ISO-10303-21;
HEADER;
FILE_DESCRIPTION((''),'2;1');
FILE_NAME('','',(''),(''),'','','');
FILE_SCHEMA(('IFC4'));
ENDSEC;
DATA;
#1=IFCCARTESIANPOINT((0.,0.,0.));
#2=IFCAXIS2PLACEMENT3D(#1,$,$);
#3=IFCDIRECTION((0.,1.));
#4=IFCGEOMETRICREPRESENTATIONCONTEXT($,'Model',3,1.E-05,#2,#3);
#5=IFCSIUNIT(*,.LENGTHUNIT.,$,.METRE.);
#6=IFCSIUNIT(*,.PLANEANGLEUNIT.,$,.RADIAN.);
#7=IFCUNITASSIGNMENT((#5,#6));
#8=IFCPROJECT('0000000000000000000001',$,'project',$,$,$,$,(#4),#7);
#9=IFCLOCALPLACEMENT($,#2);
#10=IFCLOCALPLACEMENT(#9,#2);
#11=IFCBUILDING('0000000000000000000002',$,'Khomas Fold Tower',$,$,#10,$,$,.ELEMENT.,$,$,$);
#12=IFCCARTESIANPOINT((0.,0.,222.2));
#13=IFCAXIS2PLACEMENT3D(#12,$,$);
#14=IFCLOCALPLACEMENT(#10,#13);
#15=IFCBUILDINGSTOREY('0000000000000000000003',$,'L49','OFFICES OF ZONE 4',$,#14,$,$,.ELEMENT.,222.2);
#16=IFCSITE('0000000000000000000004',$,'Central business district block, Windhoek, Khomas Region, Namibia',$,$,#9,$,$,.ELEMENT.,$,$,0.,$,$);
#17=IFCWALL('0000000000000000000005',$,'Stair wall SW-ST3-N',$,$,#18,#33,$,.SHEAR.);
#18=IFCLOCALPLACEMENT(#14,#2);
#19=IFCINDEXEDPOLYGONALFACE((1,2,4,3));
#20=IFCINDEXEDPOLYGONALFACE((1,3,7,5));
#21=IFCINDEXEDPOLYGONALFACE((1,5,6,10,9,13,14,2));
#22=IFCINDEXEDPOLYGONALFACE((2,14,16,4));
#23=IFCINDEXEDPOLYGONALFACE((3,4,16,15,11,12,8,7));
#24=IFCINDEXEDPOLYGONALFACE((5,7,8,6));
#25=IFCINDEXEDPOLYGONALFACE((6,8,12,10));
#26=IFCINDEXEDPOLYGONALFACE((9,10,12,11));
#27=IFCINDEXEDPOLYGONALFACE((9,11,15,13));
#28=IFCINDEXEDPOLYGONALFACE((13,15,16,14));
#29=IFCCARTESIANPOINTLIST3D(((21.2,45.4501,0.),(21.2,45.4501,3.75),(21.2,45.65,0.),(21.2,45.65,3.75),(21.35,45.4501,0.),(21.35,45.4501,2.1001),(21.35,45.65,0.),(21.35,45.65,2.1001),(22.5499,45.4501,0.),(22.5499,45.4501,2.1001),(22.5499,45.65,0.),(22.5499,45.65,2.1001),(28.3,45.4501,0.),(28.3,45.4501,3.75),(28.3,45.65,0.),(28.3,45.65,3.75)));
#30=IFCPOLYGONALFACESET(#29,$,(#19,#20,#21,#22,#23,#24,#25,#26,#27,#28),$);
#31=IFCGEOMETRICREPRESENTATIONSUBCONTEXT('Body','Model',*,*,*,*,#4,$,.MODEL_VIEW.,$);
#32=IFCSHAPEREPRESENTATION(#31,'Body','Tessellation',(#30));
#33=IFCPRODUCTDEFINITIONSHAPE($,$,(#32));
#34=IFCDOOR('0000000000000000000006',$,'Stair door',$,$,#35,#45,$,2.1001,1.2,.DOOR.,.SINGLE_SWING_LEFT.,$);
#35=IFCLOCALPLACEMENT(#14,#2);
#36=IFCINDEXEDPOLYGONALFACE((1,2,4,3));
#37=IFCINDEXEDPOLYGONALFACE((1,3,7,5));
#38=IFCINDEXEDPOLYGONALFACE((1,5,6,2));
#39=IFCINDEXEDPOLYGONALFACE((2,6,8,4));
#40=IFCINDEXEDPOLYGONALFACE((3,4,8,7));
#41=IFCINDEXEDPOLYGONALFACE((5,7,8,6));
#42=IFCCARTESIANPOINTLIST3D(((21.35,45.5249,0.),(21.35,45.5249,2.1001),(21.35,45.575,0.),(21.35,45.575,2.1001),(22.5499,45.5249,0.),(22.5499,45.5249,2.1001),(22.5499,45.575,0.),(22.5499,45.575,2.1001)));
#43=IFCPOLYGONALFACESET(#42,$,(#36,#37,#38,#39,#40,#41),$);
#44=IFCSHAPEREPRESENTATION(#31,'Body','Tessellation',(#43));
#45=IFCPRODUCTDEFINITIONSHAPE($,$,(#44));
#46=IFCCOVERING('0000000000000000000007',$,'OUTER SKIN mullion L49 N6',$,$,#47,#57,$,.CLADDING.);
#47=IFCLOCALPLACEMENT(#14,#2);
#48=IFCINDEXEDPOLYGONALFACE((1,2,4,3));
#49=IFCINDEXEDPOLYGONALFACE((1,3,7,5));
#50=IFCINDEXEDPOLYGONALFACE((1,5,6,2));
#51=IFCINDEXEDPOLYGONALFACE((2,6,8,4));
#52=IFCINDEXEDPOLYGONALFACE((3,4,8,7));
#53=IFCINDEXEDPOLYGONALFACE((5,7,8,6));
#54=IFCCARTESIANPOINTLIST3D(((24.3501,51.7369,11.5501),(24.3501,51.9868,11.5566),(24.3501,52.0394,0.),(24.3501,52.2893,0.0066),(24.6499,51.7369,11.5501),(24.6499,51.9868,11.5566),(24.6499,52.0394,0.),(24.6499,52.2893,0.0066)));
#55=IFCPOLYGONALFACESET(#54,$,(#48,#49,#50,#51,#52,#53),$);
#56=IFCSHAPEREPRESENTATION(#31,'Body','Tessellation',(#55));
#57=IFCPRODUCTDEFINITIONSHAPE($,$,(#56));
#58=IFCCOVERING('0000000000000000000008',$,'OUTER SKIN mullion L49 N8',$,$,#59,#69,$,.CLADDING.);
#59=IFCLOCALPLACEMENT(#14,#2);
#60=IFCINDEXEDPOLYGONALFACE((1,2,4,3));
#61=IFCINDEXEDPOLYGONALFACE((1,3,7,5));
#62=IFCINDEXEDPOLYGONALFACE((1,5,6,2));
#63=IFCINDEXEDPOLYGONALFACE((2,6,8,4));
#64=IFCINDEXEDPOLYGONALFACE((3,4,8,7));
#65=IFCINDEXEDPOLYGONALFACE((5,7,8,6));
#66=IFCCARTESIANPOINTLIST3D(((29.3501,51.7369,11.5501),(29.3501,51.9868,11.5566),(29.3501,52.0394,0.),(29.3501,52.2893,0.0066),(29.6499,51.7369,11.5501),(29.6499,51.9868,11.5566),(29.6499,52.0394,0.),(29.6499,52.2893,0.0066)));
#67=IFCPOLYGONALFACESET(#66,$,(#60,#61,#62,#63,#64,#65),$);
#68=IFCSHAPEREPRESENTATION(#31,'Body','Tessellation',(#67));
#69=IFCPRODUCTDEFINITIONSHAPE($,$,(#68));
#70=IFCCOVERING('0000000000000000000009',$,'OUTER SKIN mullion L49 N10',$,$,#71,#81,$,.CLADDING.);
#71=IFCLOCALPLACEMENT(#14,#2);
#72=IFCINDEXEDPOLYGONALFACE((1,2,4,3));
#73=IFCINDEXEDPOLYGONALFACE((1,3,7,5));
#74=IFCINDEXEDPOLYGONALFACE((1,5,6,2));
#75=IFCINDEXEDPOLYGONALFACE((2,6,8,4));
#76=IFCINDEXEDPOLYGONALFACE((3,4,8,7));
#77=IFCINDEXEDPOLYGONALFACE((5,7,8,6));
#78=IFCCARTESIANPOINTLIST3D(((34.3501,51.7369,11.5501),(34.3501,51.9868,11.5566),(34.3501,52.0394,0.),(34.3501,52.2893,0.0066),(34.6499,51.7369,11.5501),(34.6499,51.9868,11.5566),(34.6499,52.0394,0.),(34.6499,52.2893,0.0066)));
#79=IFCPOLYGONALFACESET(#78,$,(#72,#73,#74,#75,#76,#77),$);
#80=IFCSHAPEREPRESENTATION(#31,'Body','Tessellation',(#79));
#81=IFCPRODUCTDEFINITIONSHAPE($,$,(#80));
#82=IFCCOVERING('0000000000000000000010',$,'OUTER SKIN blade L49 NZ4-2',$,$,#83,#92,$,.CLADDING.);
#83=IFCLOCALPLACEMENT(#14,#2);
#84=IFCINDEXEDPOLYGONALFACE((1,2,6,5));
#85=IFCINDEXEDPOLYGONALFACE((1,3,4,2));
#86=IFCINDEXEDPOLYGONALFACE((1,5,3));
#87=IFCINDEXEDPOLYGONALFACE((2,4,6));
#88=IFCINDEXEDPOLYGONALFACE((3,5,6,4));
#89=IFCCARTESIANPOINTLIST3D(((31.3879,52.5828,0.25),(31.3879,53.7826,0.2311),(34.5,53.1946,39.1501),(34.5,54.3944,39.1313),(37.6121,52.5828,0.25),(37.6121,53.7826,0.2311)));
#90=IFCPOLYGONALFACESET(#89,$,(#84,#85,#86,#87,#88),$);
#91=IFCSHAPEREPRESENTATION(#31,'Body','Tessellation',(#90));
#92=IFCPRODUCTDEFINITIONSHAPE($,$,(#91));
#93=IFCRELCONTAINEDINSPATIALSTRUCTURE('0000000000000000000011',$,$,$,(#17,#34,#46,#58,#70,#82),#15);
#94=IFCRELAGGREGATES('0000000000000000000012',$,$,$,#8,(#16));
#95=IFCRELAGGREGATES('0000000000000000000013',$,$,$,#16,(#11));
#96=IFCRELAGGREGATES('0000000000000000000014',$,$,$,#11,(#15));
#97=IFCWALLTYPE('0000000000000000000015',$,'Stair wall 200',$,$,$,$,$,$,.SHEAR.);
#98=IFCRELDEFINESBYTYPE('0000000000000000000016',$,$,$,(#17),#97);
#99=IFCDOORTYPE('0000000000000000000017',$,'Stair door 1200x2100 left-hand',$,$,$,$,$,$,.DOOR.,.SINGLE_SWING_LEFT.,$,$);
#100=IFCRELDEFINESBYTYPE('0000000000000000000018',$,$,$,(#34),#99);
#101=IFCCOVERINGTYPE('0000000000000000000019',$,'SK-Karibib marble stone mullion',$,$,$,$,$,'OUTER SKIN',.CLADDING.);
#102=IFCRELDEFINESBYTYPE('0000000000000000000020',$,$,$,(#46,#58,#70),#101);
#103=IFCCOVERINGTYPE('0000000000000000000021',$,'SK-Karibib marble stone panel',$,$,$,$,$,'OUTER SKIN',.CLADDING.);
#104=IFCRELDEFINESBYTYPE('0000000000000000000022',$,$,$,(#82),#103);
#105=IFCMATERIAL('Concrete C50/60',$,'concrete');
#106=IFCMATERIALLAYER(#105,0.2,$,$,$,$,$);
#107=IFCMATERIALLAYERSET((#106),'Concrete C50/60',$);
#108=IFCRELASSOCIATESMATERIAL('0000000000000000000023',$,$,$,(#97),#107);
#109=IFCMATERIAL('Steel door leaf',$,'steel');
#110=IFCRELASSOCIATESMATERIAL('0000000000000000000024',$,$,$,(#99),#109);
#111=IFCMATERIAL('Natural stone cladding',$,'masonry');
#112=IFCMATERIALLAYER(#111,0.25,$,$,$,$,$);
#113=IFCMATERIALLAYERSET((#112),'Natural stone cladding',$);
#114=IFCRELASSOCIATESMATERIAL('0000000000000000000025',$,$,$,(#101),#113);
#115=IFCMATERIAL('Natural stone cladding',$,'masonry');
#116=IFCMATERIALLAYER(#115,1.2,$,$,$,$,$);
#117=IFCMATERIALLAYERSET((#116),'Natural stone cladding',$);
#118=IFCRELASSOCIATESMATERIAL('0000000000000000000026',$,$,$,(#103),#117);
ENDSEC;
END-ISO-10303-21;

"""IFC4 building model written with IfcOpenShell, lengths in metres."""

from ifc_helpers import new_model, si_unit, direction, frame, frame_2d, origin, place, context, subcontext, project, spatial, polyline, rectangle, outline, extrude, source, transform, mapped, material, layer, layer_set, type_object, element, fill, save


model = new_model("IFC4")

# Units and contexts
model_context = context("Model", 3, precision=1e-05, world=origin(), true_north=direction((0.0, 1.0)))
body_context = subcontext(model_context, "Body", "Model", "MODEL_VIEW")
ifc_project = project(units=[si_unit("LENGTHUNIT", "METRE"), si_unit("PLANEANGLEUNIT", "RADIAN")], contexts=[model_context])

# Site, building, storey
site_placement = place(None, origin())
site = spatial("IfcSite", under=ifc_project, at=site_placement, Name="Central business district block, Windhoek, Khomas Region, Namibia", CompositionType="ELEMENT", RefElevation=0.0)
building_placement = place(site_placement, origin())
building = spatial("IfcBuilding", under=site, at=building_placement, Name="Khomas Fold Tower", CompositionType="ELEMENT")
storey_placement = place(building_placement, frame((0.0, 0.0, 222.2)))
storey = spatial("IfcBuildingStorey", under=building, at=storey_placement, Name="L49", Description="OFFICES OF ZONE 4", CompositionType="ELEMENT", Elevation=222.2)

# Wall, opening, door
ifc_material_1 = material(Name="Concrete C50/60", Category="concrete")
ifc_layer_1 = layer(ifc_material_1, 0.2)
ifc_layer_set_1 = layer_set([ifc_layer_1], Name="Concrete C50/60")
wall_type = type_object("IfcWallType", Name="Stair wall 200", PredefinedType="SHEAR", material=ifc_layer_set_1)
shared_shape_1 = source(origin(), body_context, "Body", "SweptSolid", [
    extrude(rectangle(XDim=7.1001, YDim=0.2, at=frame_2d((3.55, 0.0))), origin(), (0.0, 0.0, 1.0), 3.75),
])
wall_placement = place(storey_placement, frame((21.2, 45.55, 0.0), z_axis=(0.0, 0.0, 1.0), x_axis=(1.0, 0.0, 0.0)))
wall = element("IfcWall", 1, at=wall_placement, inside=storey, type_object=wall_type, Name="Stair wall SW-ST3-N", PredefinedType="SHEAR", context=body_context, shape_type="MappedRepresentation", body=[
    mapped(shared_shape_1, transform((0.0, 0.0, 0.0))),
])
shared_shape_2 = source(origin(), body_context, "Body", "SweptSolid", [
    extrude(rectangle(XDim=1.2, YDim=2.1001, at=frame_2d((0.6001, 1.05))), frame((0.0, 0.1099, 0.0), z_axis=(0.0, -1.0, 0.0), x_axis=(1.0, 0.0, 0.0)), (0.0, 0.0, 1.0), 0.22),
])
opening_placement = place(wall_placement, frame((0.1499, 0.0, 0.0)))
opening = element("IfcOpeningElement", 2, at=opening_placement, cuts=wall, PredefinedType="OPENING", context=body_context, shape_type="MappedRepresentation", body=[
    mapped(shared_shape_2, transform((0.0, 0.0, 0.0))),
])
ifc_material_2 = material(Name="Steel door leaf", Category="steel")
door_type = type_object("IfcDoorType", Name="Stair door 1200x2100 left-hand", OperationType="SINGLE_SWING_LEFT", PredefinedType="DOOR", material=ifc_material_2)
shared_shape_3 = source(origin(), body_context, "Body", "SweptSolid", [
    extrude(rectangle(XDim=1.2, YDim=2.1001, at=frame_2d((0.6001, 1.05))), frame((0.0, 0.0249, 0.0), z_axis=(0.0, -1.0, 0.0), x_axis=(1.0, 0.0, 0.0)), (0.0, 0.0, 1.0), 0.05),
])
door_placement = place(opening_placement, origin())
door = element("IfcDoor", 3, at=door_placement, inside=storey, type_object=door_type, Name="Stair door", OperationType="SINGLE_SWING_LEFT", OverallHeight=2.1001, OverallWidth=1.2, PredefinedType="DOOR", context=body_context, shape_type="MappedRepresentation", body=[
    mapped(shared_shape_3, transform((0.0, 0.0, 0.0))),
])
fill(opening, door)

# Coverings
ifc_material_3 = material(Name="Natural stone cladding", Category="masonry")
ifc_layer_2 = layer(ifc_material_3, 0.25)
ifc_layer_set_2 = layer_set([ifc_layer_2], Name="Natural stone cladding")
covering_type_1 = type_object("IfcCoveringType", Name="SK-Karibib marble stone mullion", ElementType="OUTER SKIN", PredefinedType="CLADDING", material=ifc_layer_set_2)
for number, where, z_axis, x_axis, name in (
    (4, (24.3501, 52.2893, 0.0066), (0.0, 0.999657, 0.026181), (1.0, 0.0, 0.0), "OUTER SKIN mullion L49 N6"),
    (5, (29.3501, 52.2893, 0.0066), (0.0, 0.999657, 0.026181), (1.0, 0.0, 0.0), "OUTER SKIN mullion L49 N8"),
    (6, (34.3501, 52.2893, 0.0066), (0.0, 0.999657, 0.026181), (1.0, 0.0, 0.0), "OUTER SKIN mullion L49 N10"),
):
    element("IfcCovering", number, at=place(storey_placement, frame(where, z_axis=z_axis, x_axis=x_axis)), inside=storey, type_object=covering_type_1, Name=name, PredefinedType="CLADDING", context=body_context, shape_type="SweptSolid", body=[
        extrude(outline(polyline([(0.0, 0.0), (0.2998, 0.0), (0.2998, -11.554), (0.0, -11.554), (0.0, 0.0)])), origin(), (0.0, 0.0, -1.0), 0.25),
    ])
ifc_material_4 = material(Name="Natural stone cladding", Category="masonry")
ifc_layer_3 = layer(ifc_material_4, 1.2)
ifc_layer_set_3 = layer_set([ifc_layer_3], Name="Natural stone cladding")
covering_type_2 = type_object("IfcCoveringType", Name="SK-Karibib marble stone panel", ElementType="OUTER SKIN", PredefinedType="CLADDING", material=ifc_layer_set_3)
covering_placement = place(storey_placement, frame((31.3879, 52.5828, 0.25), z_axis=(0.0, -0.999876, 0.015726), x_axis=(1.0, 0.0, 0.0)))
element("IfcCovering", 7, at=covering_placement, inside=storey, type_object=covering_type_2, Name="OUTER SKIN blade L49 NZ4-2", PredefinedType="CLADDING", context=body_context, shape_type="SweptSolid", body=[
    extrude(outline(polyline([(0.0, 0.0), (6.2241, 0.0), (3.1121, 38.905), (0.0, 0.0)])), origin(), (0.0, 0.0, -1.0), 1.2),
])

save(model, "model.ifc")
